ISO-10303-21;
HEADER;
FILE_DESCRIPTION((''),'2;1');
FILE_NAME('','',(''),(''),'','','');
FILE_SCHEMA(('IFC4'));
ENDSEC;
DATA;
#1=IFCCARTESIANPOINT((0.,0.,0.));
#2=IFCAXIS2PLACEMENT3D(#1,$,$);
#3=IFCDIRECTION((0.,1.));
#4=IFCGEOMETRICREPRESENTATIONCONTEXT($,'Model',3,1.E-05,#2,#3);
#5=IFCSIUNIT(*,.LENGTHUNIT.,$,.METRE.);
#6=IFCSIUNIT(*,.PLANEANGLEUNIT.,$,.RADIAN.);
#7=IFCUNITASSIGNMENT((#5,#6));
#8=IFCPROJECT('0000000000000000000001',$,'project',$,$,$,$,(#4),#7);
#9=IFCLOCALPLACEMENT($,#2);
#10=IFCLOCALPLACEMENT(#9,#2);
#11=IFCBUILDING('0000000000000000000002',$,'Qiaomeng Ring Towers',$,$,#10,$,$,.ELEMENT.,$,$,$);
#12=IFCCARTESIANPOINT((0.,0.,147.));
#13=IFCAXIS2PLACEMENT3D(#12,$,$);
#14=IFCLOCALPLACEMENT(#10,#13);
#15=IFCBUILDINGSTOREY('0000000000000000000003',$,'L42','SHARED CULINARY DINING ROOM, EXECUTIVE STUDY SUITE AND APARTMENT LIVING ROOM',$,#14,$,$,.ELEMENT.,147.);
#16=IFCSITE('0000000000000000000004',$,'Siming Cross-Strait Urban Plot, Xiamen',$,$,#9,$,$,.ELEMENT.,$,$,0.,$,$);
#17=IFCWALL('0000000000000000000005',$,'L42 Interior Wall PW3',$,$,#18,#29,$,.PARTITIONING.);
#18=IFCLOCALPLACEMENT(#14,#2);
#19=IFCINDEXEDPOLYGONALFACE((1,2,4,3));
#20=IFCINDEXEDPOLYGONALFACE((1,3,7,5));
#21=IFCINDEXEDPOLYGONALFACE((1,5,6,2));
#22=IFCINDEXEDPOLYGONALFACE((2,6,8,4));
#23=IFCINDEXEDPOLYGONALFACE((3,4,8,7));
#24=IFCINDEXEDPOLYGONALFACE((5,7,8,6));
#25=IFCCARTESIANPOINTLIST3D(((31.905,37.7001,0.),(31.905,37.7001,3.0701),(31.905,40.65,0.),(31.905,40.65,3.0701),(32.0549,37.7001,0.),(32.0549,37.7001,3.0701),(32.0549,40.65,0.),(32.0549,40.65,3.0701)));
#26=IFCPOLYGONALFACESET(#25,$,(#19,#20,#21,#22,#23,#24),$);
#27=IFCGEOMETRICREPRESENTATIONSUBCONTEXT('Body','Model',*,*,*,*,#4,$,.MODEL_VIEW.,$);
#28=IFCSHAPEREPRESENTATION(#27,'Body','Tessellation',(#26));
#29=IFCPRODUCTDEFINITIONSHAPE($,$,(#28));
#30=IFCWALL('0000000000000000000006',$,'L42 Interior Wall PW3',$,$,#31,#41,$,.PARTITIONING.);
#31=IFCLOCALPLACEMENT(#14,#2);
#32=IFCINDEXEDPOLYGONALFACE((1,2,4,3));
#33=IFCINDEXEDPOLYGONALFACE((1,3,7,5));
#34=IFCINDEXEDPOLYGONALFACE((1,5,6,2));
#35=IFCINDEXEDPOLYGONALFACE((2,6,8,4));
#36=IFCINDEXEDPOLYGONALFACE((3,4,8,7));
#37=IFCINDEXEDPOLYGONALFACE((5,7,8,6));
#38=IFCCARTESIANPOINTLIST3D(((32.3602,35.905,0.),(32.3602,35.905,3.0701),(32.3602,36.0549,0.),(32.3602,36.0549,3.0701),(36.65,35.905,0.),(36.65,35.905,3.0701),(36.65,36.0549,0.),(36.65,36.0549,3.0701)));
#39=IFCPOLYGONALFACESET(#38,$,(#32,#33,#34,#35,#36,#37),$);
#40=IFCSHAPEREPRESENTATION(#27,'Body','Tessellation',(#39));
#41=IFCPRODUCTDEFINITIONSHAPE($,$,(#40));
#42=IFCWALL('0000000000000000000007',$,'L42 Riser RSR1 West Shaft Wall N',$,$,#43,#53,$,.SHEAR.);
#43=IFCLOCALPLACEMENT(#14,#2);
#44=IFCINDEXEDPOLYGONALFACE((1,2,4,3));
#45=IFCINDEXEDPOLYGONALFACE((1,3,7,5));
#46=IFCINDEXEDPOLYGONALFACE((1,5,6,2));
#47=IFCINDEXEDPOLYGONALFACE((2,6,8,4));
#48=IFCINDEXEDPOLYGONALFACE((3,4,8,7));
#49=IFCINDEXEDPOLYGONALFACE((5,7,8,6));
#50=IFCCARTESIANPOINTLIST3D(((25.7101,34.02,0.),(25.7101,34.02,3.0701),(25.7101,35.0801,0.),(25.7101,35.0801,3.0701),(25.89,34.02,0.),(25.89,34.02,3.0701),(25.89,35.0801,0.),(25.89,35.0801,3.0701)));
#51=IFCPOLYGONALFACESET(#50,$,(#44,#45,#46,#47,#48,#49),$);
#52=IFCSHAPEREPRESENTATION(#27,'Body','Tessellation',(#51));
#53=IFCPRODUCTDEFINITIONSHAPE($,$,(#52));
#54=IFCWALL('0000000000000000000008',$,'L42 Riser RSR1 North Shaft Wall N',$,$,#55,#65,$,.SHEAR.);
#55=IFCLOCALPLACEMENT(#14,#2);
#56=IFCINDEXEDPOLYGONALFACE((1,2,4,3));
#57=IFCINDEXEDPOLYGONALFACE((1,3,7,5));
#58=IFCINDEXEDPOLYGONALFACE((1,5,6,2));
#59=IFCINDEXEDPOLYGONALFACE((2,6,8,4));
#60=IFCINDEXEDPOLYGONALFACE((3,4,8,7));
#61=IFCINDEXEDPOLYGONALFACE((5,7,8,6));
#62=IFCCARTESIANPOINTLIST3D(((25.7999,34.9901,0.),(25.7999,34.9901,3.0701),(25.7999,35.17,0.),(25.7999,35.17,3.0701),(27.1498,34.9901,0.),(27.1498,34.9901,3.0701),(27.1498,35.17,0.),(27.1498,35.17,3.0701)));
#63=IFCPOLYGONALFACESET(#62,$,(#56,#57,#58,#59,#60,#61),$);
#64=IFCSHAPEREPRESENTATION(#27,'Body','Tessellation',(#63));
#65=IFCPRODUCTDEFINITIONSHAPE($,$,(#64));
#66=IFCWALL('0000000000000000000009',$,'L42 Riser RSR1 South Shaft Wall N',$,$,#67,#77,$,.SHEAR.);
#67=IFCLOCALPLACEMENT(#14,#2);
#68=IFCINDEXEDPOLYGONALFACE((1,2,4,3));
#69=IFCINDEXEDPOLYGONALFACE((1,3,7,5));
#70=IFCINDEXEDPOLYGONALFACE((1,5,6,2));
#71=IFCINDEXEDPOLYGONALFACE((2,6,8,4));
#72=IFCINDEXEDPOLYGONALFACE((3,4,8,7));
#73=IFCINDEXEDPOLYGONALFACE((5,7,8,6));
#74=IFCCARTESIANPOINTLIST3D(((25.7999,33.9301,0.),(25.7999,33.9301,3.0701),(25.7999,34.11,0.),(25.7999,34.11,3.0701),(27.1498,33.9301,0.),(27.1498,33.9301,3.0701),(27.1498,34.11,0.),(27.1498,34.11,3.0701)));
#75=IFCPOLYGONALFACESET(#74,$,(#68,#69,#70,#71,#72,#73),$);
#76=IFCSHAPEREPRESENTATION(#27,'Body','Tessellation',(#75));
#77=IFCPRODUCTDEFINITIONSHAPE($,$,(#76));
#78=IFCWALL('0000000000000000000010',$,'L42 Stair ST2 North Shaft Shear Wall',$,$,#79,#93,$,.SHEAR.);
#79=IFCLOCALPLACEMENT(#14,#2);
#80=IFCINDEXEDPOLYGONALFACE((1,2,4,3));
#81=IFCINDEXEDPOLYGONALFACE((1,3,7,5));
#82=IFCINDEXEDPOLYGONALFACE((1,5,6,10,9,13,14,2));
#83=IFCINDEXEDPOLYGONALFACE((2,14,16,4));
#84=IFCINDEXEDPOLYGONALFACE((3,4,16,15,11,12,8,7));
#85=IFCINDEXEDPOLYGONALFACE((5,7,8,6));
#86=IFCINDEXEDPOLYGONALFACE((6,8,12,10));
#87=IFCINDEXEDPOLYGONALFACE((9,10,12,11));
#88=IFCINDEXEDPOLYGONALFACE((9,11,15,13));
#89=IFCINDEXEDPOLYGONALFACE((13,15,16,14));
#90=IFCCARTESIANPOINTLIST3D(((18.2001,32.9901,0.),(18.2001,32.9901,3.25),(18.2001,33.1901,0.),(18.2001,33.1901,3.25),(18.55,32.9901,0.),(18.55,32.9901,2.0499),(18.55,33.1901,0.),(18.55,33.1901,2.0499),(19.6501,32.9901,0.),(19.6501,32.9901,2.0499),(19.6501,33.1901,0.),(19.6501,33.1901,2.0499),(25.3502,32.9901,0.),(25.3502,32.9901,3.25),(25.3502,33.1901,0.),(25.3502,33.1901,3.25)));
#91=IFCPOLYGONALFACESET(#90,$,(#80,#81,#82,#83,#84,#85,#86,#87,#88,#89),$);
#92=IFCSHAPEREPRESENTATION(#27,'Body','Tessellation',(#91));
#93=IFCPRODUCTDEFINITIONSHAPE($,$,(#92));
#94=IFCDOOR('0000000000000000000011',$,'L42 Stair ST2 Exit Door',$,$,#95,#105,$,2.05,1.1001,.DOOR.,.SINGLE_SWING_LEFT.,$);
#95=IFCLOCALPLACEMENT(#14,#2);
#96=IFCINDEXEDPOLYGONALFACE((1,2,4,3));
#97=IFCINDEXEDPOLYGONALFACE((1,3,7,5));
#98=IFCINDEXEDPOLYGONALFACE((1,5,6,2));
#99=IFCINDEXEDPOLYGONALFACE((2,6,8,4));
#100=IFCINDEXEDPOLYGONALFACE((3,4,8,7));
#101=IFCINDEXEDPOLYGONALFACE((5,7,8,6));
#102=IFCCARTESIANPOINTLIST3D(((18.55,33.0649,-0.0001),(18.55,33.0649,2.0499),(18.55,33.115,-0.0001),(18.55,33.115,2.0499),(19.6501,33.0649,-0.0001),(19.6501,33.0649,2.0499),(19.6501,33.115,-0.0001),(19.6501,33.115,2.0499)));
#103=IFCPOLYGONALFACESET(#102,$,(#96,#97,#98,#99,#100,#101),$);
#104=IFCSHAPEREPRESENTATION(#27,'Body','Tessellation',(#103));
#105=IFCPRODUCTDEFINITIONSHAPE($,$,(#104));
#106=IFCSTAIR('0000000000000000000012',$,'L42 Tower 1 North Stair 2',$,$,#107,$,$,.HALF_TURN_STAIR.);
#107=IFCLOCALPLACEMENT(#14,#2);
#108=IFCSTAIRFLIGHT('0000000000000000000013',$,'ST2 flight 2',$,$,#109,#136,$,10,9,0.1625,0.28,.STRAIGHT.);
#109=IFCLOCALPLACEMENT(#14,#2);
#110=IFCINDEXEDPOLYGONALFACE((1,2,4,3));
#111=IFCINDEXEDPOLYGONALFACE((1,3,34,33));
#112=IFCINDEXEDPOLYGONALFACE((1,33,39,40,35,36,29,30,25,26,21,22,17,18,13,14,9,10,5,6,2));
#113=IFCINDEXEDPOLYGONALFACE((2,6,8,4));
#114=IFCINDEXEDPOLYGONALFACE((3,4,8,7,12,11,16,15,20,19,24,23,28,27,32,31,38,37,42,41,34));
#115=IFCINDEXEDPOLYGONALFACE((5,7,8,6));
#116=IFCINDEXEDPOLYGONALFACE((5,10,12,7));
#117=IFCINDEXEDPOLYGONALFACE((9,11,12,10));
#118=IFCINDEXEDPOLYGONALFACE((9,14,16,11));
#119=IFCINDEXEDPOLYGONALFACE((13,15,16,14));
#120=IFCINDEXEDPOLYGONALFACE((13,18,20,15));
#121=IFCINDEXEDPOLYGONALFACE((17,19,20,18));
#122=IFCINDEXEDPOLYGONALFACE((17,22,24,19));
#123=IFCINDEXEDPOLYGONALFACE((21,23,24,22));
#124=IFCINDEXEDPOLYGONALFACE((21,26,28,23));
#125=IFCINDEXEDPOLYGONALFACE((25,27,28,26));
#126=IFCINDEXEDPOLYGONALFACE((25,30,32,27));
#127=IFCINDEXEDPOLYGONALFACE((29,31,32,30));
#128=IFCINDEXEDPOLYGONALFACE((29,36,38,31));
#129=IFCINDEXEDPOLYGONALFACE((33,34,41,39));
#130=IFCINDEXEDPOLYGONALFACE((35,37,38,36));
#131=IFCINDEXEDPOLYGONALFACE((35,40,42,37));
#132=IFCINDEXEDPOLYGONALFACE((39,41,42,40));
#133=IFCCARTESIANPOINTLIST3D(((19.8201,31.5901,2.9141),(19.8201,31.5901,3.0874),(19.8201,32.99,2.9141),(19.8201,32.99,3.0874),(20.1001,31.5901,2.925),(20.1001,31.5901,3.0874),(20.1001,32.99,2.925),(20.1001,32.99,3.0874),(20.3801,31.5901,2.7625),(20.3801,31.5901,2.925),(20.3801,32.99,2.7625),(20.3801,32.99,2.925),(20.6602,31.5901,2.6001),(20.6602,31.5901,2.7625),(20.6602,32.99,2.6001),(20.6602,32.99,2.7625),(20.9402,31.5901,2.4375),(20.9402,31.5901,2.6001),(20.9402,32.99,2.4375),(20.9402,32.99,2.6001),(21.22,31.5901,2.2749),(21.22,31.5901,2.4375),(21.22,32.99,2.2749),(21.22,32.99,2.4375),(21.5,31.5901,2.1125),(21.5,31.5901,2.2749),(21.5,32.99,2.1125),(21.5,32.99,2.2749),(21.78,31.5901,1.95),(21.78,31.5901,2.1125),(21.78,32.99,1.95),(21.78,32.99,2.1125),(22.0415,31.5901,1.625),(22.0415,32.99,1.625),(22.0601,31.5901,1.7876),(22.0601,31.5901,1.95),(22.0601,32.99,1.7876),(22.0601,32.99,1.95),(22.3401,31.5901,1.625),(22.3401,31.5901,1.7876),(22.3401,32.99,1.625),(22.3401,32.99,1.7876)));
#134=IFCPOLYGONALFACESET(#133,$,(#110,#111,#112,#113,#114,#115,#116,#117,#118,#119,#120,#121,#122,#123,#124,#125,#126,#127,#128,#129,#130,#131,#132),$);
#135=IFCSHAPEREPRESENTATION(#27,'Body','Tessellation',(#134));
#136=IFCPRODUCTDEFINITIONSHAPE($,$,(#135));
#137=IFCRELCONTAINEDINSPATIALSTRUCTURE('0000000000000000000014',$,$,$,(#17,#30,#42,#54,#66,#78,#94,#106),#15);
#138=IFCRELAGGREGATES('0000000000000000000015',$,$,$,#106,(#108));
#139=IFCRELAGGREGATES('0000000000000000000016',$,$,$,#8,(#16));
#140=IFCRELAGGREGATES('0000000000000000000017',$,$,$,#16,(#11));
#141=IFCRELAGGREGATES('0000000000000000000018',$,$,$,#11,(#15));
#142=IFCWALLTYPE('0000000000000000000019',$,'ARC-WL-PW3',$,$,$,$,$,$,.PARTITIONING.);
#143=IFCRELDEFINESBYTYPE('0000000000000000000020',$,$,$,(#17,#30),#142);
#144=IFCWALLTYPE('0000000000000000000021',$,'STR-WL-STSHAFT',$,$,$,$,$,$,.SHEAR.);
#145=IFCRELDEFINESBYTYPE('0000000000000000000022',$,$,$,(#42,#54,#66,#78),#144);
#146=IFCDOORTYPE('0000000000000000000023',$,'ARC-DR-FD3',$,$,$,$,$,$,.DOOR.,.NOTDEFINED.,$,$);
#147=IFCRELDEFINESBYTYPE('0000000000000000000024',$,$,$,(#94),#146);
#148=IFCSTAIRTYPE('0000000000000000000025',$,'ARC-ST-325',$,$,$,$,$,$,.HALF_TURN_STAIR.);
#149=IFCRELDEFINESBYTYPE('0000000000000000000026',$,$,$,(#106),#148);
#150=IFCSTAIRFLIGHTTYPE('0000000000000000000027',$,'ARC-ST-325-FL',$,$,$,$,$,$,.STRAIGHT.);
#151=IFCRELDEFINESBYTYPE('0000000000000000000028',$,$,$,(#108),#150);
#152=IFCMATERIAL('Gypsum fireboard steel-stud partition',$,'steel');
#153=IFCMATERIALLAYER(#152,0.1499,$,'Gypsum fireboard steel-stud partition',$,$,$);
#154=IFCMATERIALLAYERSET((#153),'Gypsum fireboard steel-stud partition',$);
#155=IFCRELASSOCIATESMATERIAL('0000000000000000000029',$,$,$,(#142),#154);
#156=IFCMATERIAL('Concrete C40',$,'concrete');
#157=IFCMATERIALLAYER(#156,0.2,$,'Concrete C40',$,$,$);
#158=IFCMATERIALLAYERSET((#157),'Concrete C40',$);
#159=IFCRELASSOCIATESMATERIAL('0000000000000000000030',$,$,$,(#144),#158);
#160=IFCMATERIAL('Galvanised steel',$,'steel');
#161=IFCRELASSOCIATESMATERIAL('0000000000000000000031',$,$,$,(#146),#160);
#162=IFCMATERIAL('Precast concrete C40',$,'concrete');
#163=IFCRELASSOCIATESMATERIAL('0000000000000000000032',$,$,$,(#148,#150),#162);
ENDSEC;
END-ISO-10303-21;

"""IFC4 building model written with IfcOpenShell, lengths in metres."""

from ifc_helpers import new_model, si_unit, direction, frame, frame_2d, origin, place, context, subcontext, project, spatial, polyline, rectangle, outline, extrude, source, transform, mapped, material, layer, layer_set, type_object, element, fill, aggregate, save


model = new_model("IFC4")

# Units and contexts
model_context = context("Model", 3, precision=1e-05, world=origin(), true_north=direction((0.0, 1.0)))
body_context = subcontext(model_context, "Body", "Model", "MODEL_VIEW")
ifc_project = project(units=[si_unit("LENGTHUNIT", "METRE"), si_unit("PLANEANGLEUNIT", "RADIAN")], contexts=[model_context])

# Site, building, storey
site_placement = place(None, origin())
site = spatial("IfcSite", under=ifc_project, at=site_placement, Name="Siming Cross-Strait Urban Plot, Xiamen", CompositionType="ELEMENT", RefElevation=0.0)
building_placement = place(site_placement, origin())
building = spatial("IfcBuilding", under=site, at=building_placement, Name="Qiaomeng Ring Towers", CompositionType="ELEMENT")
storey_placement = place(building_placement, frame((0.0, 0.0, 147.0)))
storey = spatial("IfcBuildingStorey", under=building, at=storey_placement, Name="L42", Description="SHARED CULINARY DINING ROOM, EXECUTIVE STUDY SUITE AND APARTMENT LIVING ROOM", CompositionType="ELEMENT", Elevation=147.0)

# Walls
ifc_material_1 = material(Name="Gypsum fireboard steel-stud partition", Category="steel")
ifc_layer_1 = layer(ifc_material_1, 0.1499, Name="Gypsum fireboard steel-stud partition")
ifc_layer_set_1 = layer_set([ifc_layer_1], Name="Gypsum fireboard steel-stud partition")
wall_type_1 = type_object("IfcWallType", Name="ARC-WL-PW3", PredefinedType="PARTITIONING", material=ifc_layer_set_1)
for number, where, z_axis, x_axis, name in (
    (1, (31.98, 37.7, 0.0), (0.0, 0.0, 1.0), (0.0, 1.0, 0.0), "L42 Interior Wall PW3"),
):
    element("IfcWall", number, at=place(storey_placement, frame(where, z_axis=z_axis, x_axis=x_axis)), inside=storey, type_object=wall_type_1, Name=name, PredefinedType="PARTITIONING", context=body_context, shape_type="SweptSolid", body=[
        extrude(rectangle(XDim=2.95, YDim=0.1499, at=frame_2d((1.4751, 0.0))), origin(), (0.0, 0.0, 1.0), 3.0701),
    ])
wall_1_placement = place(storey_placement, frame((32.3601, 35.98, 0.0), z_axis=(0.0, 0.0, 1.0), x_axis=(1.0, 0.0, 0.0)))
element("IfcWall", 2, at=wall_1_placement, inside=storey, type_object=wall_type_1, Name="L42 Interior Wall PW3", PredefinedType="PARTITIONING", context=body_context, shape_type="SweptSolid", body=[
    extrude(rectangle(XDim=4.2898, YDim=0.1499, at=frame_2d((2.145, 0.0))), origin(), (0.0, 0.0, 1.0), 3.0701),
])
ifc_material_2 = material(Name="Concrete C40", Category="concrete")
ifc_layer_2 = layer(ifc_material_2, 0.2, Name="Concrete C40")
ifc_layer_set_2 = layer_set([ifc_layer_2], Name="Concrete C40")
wall_type_2 = type_object("IfcWallType", Name="STR-WL-STSHAFT", PredefinedType="SHEAR", material=ifc_layer_set_2)
wall_2_placement = place(storey_placement, frame((25.8, 34.02, 0.0), z_axis=(0.0, 0.0, 1.0), x_axis=(0.0, 1.0, 0.0)))
element("IfcWall", 3, at=wall_2_placement, inside=storey, type_object=wall_type_2, Name="L42 Riser RSR1 West Shaft Wall N", PredefinedType="SHEAR", context=body_context, shape_type="SweptSolid", body=[
    extrude(rectangle(XDim=1.0601, YDim=0.1799, at=frame_2d((0.53, 0.0))), origin(), (0.0, 0.0, 1.0), 3.0701),
])
for number, where, z_axis, x_axis, name in (
    (4, (25.8, 35.0801, 0.0), (0.0, 0.0, 1.0), (1.0, 0.0, 0.0), "L42 Riser RSR1 North Shaft Wall N"),
    (5, (25.8, 34.02, 0.0), (0.0, 0.0, 1.0), (1.0, 0.0, 0.0), "L42 Riser RSR1 South Shaft Wall N"),
):
    element("IfcWall", number, at=place(storey_placement, frame(where, z_axis=z_axis, x_axis=x_axis)), inside=storey, type_object=wall_type_2, Name=name, PredefinedType="SHEAR", context=body_context, shape_type="SweptSolid", body=[
        extrude(rectangle(XDim=1.3499, YDim=0.1799, at=frame_2d((0.6748, 0.0))), origin(), (0.0, 0.0, 1.0), 3.0701),
    ])

# Wall, opening, door
wall_3_placement = place(storey_placement, frame((18.2, 33.0901, 0.0), z_axis=(0.0, 0.0, 1.0), x_axis=(1.0, 0.0, 0.0)))
wall_3 = element("IfcWall", 6, at=wall_3_placement, inside=storey, type_object=wall_type_2, Name="L42 Stair ST2 North Shaft Shear Wall", PredefinedType="SHEAR", context=body_context, shape_type="SweptSolid", body=[
    extrude(rectangle(XDim=7.1501, YDim=0.2, at=frame_2d((3.5752, 0.0))), origin(), (0.0, 0.0, 1.0), 3.25),
])
opening_placement = place(wall_3_placement, frame((0.3501, 0.0, 0.0)))
opening = element("IfcOpeningElement", 7, at=opening_placement, cuts=wall_3, PredefinedType="OPENING", context=body_context, shape_type="SweptSolid", body=[
    extrude(rectangle(XDim=1.1001, YDim=2.05, at=frame_2d((0.55, 1.0249))), frame((0.0, 0.1099, 0.0), z_axis=(0.0, -1.0, 0.0), x_axis=(1.0, 0.0, 0.0)), (0.0, 0.0, 1.0), 0.22),
])
ifc_material_3 = material(Name="Galvanised steel", Category="steel")
door_type = type_object("IfcDoorType", Name="ARC-DR-FD3", OperationType="NOTDEFINED", PredefinedType="DOOR", material=ifc_material_3)
shared_shape_1 = source(origin(), body_context, "Body", "SweptSolid", [
    extrude(rectangle(XDim=1.1001, YDim=2.05, at=frame_2d((0.55, 1.0249))), frame((0.0, 0.0249, 0.0), z_axis=(0.0, -1.0, 0.0), x_axis=(1.0, 0.0, 0.0)), (0.0, 0.0, 1.0), 0.05),
])
door_placement = place(opening_placement, origin())
door = element("IfcDoor", 8, at=door_placement, inside=storey, type_object=door_type, Name="L42 Stair ST2 Exit Door", OperationType="SINGLE_SWING_LEFT", OverallHeight=2.05, OverallWidth=1.1001, PredefinedType="DOOR", context=body_context, shape_type="MappedRepresentation", body=[
    mapped(shared_shape_1, transform((0.0, 0.0, 0.0), x_axis=(1.0, 0.0, 0.0), y_axis=(0.0, 1.0, 0.0), z_axis=(0.0, 0.0, 1.0), scale=1.0)),
])
fill(opening, door)

# Stair, stair flight
ifc_material_4 = material(Name="Precast concrete C40", Category="concrete")
stair_type = type_object("IfcStairType", Name="ARC-ST-325", PredefinedType="HALF_TURN_STAIR", material=ifc_material_4)
stair_placement = place(storey_placement, origin())
stair = element("IfcStair", 9, at=stair_placement, inside=storey, type_object=stair_type, Name="L42 Tower 1 North Stair 2", PredefinedType="HALF_TURN_STAIR")
stair_flight_type = type_object("IfcStairFlightType", Name="ARC-ST-325-FL", PredefinedType="STRAIGHT", material=ifc_material_4)
shared_shape_2 = source(origin(), body_context, "Body", "SweptSolid", [
    extrude(outline(polyline([(0.0, 0.0), (0.0, 0.1626), (0.28, 0.1626), (0.28, 0.325), (0.5601, 0.325), (0.5601, 0.4875), (0.8401, 0.4875), (0.8401, 0.6499), (1.1201, 0.6499), (1.1201, 0.8125), (1.3999, 0.8125), (1.3999, 0.9751), (1.6799, 0.9751), (1.6799, 1.1375), (1.96, 1.1375), (1.96, 1.3), (2.24, 1.3), (2.24, 1.4624), (2.52, 1.4624), (2.52, 1.625), (2.52, 1.2891), (0.2986, 0.0), (0.0, 0.0)])), frame((0.0, 0.7, 0.0), z_axis=(0.0, -1.0, 0.0), x_axis=(1.0, 0.0, 0.0)), (0.0, 0.0, 1.0), 1.3999),
])
stair_flight_placement = place(storey_placement, frame((22.3401, 32.29, 1.625), z_axis=(0.0, 0.0, 1.0), x_axis=(-1.0, 0.0, 0.0)))
stair_flight = element("IfcStairFlight", 10, at=stair_flight_placement, type_object=stair_flight_type, Name="ST2 flight 2", NumberOfRisers=10, NumberOfTreads=9, PredefinedType="STRAIGHT", RiserHeight=0.1625, TreadLength=0.28, context=body_context, shape_type="MappedRepresentation", body=[
    mapped(shared_shape_2, transform((0.0, 0.0, 0.0), x_axis=(1.0, 0.0, 0.0), y_axis=(0.0, 1.0, 0.0), z_axis=(0.0, 0.0, 1.0), scale=1.0)),
])
aggregate(stair, [stair_flight])

save(model, "model.ifc")
